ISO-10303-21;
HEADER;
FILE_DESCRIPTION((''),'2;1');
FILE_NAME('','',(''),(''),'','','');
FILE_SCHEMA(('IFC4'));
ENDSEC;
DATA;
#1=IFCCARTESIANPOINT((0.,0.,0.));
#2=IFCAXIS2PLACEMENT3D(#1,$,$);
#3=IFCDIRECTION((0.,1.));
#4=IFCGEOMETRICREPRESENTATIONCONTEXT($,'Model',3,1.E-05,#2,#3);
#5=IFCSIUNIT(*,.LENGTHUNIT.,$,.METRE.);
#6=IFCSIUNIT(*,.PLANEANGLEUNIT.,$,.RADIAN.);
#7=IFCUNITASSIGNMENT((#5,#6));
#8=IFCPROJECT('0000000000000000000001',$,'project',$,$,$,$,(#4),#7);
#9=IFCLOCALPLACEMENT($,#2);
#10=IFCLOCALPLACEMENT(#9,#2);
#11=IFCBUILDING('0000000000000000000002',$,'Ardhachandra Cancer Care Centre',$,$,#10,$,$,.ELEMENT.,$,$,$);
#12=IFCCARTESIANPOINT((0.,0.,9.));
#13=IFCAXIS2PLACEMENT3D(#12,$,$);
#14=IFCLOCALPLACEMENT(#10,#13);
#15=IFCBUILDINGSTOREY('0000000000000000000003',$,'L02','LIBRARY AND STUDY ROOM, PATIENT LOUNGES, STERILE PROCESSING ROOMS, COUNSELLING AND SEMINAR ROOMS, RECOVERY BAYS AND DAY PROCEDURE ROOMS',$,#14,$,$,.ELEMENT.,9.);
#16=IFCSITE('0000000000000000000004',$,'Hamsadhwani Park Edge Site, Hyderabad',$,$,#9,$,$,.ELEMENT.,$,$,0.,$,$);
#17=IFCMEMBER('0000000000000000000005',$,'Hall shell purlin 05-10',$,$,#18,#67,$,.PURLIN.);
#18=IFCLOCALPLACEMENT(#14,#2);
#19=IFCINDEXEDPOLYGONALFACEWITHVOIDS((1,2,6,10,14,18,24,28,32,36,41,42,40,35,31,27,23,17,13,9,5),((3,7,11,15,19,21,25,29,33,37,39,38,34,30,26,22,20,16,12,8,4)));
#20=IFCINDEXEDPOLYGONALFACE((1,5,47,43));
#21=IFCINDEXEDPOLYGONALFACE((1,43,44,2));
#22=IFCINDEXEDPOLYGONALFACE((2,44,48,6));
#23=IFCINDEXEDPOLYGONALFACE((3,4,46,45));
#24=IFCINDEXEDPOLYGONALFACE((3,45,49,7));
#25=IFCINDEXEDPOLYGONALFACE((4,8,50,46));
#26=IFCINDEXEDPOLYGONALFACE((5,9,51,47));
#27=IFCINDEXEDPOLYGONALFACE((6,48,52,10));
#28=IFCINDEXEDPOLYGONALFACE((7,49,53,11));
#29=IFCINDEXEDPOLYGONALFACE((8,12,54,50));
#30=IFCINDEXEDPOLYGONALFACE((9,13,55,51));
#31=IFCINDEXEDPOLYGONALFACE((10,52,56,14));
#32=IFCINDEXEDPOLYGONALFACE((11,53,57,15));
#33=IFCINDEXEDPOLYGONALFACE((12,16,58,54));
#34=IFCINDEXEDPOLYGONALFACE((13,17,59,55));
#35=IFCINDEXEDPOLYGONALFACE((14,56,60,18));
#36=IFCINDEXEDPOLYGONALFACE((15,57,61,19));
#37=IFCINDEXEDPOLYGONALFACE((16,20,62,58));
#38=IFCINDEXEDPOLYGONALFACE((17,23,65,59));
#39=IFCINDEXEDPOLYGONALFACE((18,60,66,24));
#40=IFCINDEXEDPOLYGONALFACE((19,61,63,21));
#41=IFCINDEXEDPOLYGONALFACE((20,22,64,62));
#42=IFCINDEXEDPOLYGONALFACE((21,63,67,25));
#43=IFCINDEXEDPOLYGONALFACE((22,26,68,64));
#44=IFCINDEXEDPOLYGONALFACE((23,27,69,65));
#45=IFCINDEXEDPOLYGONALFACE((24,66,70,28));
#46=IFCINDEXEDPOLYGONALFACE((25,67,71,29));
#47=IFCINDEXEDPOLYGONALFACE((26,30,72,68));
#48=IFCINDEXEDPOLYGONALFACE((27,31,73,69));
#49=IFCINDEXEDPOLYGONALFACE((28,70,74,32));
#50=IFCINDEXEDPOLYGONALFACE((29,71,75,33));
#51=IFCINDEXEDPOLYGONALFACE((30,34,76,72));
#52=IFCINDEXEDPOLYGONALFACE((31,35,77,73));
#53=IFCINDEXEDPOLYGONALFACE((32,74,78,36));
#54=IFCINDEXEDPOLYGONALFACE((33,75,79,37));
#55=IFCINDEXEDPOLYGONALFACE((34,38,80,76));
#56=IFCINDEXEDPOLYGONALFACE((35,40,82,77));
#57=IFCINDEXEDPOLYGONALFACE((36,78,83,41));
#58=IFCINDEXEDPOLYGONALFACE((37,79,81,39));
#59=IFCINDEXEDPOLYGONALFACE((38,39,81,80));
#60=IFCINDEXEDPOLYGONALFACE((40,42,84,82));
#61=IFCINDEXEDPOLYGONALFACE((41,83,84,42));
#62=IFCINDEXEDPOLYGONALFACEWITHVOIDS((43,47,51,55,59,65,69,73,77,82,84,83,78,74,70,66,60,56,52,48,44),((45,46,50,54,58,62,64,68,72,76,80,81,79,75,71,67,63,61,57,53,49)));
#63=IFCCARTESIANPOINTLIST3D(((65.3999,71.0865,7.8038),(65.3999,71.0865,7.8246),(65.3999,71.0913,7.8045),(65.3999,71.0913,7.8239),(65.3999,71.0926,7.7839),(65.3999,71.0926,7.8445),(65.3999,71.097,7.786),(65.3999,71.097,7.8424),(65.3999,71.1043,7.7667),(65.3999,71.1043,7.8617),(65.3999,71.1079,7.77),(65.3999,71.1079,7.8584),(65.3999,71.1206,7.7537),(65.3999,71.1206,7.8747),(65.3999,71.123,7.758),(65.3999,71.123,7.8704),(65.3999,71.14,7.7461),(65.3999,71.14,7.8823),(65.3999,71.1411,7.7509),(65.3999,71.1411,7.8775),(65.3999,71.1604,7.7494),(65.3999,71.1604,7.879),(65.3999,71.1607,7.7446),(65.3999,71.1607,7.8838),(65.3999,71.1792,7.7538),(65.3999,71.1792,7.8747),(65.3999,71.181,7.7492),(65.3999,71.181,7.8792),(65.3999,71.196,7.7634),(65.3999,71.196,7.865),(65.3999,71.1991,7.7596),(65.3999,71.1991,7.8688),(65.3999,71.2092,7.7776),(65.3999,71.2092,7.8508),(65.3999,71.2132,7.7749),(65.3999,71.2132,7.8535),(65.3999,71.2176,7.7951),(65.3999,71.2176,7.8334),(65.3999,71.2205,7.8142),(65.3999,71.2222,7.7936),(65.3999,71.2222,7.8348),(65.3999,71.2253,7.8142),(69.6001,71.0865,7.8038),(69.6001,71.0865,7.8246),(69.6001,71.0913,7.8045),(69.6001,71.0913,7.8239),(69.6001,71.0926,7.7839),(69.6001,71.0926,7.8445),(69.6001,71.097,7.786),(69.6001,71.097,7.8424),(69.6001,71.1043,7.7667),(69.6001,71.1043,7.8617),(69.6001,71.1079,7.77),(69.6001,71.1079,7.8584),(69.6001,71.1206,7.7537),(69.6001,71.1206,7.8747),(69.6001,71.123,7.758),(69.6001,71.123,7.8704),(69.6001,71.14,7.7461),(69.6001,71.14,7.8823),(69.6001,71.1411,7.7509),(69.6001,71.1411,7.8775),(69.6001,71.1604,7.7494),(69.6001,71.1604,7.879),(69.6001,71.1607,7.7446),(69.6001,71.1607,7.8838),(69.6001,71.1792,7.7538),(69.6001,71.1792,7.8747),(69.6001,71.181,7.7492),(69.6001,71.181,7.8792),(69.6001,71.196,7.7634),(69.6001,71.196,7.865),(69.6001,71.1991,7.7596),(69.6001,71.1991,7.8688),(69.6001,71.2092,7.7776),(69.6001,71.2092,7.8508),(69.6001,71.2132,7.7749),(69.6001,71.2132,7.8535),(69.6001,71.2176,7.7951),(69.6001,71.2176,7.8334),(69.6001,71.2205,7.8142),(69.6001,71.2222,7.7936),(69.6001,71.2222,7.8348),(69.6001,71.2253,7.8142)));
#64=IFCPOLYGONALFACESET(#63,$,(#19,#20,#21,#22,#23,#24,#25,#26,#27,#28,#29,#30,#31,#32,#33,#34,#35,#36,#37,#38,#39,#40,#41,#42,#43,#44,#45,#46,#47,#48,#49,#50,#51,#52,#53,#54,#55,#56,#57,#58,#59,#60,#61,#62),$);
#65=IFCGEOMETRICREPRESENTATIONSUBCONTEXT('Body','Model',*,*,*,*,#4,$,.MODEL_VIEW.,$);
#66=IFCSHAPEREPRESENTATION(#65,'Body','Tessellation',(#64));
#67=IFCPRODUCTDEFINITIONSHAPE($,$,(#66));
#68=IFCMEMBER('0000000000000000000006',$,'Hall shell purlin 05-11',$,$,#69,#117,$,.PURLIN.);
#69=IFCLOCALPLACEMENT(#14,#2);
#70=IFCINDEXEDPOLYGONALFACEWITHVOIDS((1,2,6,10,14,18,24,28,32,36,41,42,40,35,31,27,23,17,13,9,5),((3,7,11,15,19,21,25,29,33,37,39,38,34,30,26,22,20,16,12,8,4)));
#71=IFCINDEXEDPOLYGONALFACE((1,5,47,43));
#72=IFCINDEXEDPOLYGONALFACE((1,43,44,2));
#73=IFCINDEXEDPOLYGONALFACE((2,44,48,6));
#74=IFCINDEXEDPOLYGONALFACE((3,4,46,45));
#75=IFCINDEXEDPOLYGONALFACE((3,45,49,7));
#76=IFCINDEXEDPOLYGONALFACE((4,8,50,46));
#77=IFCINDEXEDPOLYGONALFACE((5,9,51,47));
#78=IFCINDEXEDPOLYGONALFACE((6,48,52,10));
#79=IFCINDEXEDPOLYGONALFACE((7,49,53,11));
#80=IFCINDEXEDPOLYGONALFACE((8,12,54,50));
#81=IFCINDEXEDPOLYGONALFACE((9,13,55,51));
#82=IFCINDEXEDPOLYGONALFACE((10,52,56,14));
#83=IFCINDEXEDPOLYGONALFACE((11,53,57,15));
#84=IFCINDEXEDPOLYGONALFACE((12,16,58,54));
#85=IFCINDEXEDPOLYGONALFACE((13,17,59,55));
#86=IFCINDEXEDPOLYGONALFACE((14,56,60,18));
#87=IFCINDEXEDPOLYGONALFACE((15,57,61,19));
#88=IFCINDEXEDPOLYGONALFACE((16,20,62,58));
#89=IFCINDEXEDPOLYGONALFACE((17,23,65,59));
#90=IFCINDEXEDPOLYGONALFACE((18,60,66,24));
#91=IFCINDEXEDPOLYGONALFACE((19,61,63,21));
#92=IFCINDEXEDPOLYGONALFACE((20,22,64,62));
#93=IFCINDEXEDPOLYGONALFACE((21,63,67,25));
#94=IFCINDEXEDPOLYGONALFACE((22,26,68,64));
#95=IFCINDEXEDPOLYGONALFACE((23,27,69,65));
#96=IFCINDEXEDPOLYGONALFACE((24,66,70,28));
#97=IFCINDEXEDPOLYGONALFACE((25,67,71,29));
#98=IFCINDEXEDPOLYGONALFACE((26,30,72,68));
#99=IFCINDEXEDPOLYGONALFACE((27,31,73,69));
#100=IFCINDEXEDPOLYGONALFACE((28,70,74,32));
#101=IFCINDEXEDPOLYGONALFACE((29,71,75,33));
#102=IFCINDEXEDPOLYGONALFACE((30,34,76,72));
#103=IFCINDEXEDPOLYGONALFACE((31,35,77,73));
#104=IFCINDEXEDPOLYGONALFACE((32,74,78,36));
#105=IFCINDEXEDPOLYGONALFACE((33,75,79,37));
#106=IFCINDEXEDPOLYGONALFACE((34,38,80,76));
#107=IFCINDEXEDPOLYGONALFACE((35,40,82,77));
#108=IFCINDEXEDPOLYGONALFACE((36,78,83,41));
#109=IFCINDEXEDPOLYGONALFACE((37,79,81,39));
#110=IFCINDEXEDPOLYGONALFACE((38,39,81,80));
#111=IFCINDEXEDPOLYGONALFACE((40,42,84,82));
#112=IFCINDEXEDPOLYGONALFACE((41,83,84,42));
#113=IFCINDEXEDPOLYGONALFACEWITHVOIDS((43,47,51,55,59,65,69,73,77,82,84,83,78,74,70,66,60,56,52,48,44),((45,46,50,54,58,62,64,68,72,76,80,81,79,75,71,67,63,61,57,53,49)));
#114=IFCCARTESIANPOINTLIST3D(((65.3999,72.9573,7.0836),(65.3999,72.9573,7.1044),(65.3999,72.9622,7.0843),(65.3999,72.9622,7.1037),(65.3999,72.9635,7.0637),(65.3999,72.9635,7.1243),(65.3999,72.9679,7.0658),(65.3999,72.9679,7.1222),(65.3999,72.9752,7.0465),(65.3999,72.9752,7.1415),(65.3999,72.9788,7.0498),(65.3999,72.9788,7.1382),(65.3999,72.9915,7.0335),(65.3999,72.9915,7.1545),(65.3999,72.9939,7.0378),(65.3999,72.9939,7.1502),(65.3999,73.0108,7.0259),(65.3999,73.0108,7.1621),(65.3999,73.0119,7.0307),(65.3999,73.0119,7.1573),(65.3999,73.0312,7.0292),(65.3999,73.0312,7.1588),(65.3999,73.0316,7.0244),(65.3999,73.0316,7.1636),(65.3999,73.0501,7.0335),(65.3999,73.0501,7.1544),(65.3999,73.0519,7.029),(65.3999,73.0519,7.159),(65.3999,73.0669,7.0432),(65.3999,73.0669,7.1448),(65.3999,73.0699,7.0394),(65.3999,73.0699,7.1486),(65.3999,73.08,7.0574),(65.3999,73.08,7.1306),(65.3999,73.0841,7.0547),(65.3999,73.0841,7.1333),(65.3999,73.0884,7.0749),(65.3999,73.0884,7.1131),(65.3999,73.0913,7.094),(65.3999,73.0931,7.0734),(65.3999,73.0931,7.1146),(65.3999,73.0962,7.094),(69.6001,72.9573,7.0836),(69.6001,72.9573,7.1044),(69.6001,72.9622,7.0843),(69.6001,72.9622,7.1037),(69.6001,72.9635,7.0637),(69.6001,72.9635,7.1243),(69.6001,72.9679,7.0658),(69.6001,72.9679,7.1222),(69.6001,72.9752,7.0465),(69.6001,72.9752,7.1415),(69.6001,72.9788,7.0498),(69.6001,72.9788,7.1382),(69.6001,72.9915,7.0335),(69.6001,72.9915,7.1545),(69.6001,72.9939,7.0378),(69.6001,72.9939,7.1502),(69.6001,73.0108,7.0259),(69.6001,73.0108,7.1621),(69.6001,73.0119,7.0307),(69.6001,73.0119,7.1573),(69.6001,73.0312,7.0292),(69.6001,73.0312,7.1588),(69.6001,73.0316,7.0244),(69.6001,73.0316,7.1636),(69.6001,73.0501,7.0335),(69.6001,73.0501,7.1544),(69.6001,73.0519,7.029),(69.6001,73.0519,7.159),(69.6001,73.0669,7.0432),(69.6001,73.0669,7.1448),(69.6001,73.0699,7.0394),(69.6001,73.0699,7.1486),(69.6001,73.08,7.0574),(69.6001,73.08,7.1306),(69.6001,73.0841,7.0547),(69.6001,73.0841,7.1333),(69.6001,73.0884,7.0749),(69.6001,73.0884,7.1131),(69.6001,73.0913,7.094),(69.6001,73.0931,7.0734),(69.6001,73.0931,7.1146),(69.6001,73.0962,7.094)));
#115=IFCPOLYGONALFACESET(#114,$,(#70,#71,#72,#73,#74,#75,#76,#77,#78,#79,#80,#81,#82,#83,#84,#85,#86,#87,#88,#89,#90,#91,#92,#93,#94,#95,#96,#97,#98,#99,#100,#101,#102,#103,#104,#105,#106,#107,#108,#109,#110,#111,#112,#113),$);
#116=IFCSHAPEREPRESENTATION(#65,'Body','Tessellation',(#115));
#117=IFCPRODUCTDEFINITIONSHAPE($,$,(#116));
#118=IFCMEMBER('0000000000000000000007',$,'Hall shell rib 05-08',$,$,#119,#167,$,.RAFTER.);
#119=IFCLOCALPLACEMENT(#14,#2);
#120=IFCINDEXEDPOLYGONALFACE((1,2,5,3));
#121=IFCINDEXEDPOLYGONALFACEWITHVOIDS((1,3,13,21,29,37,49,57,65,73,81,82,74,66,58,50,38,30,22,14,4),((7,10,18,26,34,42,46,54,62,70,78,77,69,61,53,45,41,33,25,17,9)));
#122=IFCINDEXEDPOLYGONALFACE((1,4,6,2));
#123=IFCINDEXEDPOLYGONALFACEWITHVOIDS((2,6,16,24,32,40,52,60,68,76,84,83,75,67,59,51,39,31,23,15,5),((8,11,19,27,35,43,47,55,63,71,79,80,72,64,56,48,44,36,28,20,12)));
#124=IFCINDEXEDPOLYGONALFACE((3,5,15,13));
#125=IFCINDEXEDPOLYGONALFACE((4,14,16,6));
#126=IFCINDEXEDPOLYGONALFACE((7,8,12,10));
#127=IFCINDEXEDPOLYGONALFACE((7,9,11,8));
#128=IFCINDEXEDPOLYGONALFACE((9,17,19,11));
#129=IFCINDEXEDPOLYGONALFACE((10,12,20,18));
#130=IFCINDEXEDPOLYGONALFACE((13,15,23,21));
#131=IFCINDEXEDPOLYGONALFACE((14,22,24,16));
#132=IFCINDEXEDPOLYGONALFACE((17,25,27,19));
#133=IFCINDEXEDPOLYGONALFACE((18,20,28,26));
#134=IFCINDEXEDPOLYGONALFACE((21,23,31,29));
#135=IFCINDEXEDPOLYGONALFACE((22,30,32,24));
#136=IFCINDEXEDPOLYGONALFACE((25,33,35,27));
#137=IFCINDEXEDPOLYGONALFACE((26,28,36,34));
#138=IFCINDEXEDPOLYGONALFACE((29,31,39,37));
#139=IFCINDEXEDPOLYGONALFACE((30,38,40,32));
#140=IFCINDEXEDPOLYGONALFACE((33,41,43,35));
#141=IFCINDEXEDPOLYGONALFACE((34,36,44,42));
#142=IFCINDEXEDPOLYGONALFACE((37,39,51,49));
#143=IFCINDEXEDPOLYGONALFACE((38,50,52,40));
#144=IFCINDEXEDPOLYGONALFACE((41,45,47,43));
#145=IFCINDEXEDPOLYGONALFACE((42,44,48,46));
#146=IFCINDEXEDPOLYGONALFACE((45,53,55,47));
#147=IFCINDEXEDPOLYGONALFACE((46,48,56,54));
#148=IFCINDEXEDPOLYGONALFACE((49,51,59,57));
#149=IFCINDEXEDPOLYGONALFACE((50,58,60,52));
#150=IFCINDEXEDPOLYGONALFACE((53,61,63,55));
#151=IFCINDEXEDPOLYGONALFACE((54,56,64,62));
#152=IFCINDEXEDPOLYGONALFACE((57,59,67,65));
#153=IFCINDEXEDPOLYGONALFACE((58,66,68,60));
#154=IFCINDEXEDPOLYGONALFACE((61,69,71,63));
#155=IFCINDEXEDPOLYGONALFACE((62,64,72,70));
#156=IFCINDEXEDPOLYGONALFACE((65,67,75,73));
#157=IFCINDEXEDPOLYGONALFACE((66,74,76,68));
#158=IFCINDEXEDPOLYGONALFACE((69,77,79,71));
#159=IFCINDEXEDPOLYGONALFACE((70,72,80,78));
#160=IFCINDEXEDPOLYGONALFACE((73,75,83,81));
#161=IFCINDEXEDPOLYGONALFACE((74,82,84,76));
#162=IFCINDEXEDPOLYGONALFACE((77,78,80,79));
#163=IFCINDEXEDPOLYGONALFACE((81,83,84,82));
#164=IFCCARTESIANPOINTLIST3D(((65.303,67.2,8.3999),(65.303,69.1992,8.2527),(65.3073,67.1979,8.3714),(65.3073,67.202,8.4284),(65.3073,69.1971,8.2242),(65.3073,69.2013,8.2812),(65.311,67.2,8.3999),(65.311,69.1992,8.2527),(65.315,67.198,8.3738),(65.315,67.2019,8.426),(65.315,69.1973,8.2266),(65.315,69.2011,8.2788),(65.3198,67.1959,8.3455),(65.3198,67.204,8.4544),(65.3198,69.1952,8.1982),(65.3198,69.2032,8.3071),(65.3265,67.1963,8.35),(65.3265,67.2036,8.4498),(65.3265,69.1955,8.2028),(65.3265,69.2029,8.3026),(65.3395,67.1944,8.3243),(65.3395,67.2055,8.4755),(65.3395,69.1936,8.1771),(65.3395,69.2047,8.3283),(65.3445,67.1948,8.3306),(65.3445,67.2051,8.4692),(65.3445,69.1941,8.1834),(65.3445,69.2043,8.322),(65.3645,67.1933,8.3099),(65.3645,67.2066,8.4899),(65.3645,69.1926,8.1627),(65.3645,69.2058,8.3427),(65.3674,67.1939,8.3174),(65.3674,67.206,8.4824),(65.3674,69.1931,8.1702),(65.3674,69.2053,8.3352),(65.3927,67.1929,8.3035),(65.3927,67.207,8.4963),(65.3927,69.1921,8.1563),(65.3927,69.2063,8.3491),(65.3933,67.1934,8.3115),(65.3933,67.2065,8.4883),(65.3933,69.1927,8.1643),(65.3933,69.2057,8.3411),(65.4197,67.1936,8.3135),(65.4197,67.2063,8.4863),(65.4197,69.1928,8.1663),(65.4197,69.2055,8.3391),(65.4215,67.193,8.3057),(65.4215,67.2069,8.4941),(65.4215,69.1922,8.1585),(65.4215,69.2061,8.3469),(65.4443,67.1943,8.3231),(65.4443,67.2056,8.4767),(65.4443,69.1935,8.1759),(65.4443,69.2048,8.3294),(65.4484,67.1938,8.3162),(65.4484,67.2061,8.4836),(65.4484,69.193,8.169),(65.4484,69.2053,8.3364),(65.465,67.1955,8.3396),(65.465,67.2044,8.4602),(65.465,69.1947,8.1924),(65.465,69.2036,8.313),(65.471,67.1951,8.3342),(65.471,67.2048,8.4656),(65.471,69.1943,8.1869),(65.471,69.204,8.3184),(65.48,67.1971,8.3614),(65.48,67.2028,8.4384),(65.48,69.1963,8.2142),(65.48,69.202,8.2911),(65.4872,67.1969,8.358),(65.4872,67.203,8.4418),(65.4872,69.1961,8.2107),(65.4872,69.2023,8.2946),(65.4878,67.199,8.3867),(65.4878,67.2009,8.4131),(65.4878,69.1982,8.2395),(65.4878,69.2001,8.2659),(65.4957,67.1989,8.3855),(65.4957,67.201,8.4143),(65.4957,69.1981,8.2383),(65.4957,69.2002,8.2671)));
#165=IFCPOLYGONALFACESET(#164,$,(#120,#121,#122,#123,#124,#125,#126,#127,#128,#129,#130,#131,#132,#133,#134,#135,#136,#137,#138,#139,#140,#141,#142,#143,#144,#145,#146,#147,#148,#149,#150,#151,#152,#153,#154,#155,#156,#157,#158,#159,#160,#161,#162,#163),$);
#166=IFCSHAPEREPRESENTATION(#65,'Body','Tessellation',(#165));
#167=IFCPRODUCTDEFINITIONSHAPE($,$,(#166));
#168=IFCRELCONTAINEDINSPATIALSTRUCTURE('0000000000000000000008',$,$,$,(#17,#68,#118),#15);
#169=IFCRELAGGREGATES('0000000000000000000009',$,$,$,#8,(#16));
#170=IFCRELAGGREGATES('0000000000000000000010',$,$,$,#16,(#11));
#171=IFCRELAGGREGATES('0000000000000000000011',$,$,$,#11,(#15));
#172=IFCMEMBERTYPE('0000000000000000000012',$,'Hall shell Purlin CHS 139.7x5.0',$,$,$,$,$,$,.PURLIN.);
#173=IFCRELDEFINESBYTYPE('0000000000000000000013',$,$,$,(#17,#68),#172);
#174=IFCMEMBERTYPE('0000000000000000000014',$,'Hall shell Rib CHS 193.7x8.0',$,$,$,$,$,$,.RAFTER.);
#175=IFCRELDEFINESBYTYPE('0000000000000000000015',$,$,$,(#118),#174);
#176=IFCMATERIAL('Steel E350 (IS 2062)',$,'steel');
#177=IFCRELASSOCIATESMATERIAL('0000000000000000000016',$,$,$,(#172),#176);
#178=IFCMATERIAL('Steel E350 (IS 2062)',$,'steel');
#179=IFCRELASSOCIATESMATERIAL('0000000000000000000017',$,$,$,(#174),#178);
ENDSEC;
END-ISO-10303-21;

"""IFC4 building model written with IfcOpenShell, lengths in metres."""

from ifc_helpers import new_model, si_unit, direction, frame, origin, origin_2d, place, context, subcontext, project, spatial, hollow_circle, extrude, material, material_profile, profile_set, type_object, element, save


model = new_model("IFC4")

# Units and contexts
model_context = context("Model", 3, precision=1e-05, world=origin(), true_north=direction((0.0, 1.0)))
body_context = subcontext(model_context, "Body", "Model", "MODEL_VIEW")
ifc_project = project(units=[si_unit("LENGTHUNIT", "METRE"), si_unit("PLANEANGLEUNIT", "RADIAN")], contexts=[model_context])

# Site, building, storey
site_placement = place(None, origin())
site = spatial("IfcSite", under=ifc_project, at=site_placement, Name="Hamsadhwani Park Edge Site, Hyderabad", CompositionType="ELEMENT", RefElevation=0.0)
building_placement = place(site_placement, origin())
building = spatial("IfcBuilding", under=site, at=building_placement, Name="Ardhachandra Cancer Care Centre", CompositionType="ELEMENT")
storey_placement = place(building_placement, frame((0.0, 0.0, 9.0)))
storey = spatial("IfcBuildingStorey", under=building, at=storey_placement, Name="L02", Description="LIBRARY AND STUDY ROOM, PATIENT LOUNGES, STERILE PROCESSING ROOMS, COUNSELLING AND SEMINAR ROOMS, RECOVERY BAYS AND DAY PROCEDURE ROOMS", CompositionType="ELEMENT", Elevation=9.0)

# Members
ifc_material_1 = material(Name="Steel E350 (IS 2062)", Category="steel")
ifc_material_profile_1 = material_profile(ifc_material_1, hollow_circle(Radius=0.0698, WallThickness=0.0049, at=origin_2d()), Name="CHS 139.7x5.0")
ifc_profile_set_1 = profile_set([ifc_material_profile_1], Name="Steel E350 (IS 2062)")
member_type_1 = type_object("IfcMemberType", Name="Hall shell Purlin CHS 139.7x5.0", PredefinedType="PURLIN", material=ifc_profile_set_1)
for number, where, z_axis, x_axis, name in (
    (1, (65.3999, 71.1555, 7.8142), (1.0, 0.0, 0.0), (0.0, 1.0, 0.0), "Hall shell purlin 05-10"),
    (2, (65.3999, 73.0264, 7.094), (1.0, 0.0, 0.0), (0.0, 1.0, 0.0), "Hall shell purlin 05-11"),
):
    element("IfcMember", number, at=place(storey_placement, frame(where, z_axis=z_axis, x_axis=x_axis)), inside=storey, type_object=member_type_1, Name=name, PredefinedType="PURLIN", context=body_context, shape_type="SweptSolid", body=[
        extrude(hollow_circle(Radius=0.0698, WallThickness=0.0049, at=origin_2d()), origin(), (0.0, 0.0, 1.0), 4.2002),
    ])
ifc_material_2 = material(Name="Steel E350 (IS 2062)", Category="steel")
ifc_material_profile_2 = material_profile(ifc_material_2, hollow_circle(Radius=0.0969, WallThickness=0.0081, at=origin_2d()), Name="CHS 193.7x8.0")
ifc_profile_set_2 = profile_set([ifc_material_profile_2], Name="Steel E350 (IS 2062)")
member_type_2 = type_object("IfcMemberType", Name="Hall shell Rib CHS 193.7x8.0", PredefinedType="RAFTER", material=ifc_profile_set_2)
member_1_placement = place(storey_placement, frame((65.3999, 67.2, 8.3999), z_axis=(0.0, 0.9973, -0.073437), x_axis=(-1.0, 0.0, 0.0)))
element("IfcMember", 3, at=member_1_placement, inside=storey, type_object=member_type_2, Name="Hall shell rib 05-08", PredefinedType="RAFTER", context=body_context, shape_type="SweptSolid", body=[
    extrude(hollow_circle(Radius=0.0969, WallThickness=0.0081, at=origin_2d()), origin(), (0.0, 0.0, 1.0), 2.0046),
])

save(model, "model.ifc")
